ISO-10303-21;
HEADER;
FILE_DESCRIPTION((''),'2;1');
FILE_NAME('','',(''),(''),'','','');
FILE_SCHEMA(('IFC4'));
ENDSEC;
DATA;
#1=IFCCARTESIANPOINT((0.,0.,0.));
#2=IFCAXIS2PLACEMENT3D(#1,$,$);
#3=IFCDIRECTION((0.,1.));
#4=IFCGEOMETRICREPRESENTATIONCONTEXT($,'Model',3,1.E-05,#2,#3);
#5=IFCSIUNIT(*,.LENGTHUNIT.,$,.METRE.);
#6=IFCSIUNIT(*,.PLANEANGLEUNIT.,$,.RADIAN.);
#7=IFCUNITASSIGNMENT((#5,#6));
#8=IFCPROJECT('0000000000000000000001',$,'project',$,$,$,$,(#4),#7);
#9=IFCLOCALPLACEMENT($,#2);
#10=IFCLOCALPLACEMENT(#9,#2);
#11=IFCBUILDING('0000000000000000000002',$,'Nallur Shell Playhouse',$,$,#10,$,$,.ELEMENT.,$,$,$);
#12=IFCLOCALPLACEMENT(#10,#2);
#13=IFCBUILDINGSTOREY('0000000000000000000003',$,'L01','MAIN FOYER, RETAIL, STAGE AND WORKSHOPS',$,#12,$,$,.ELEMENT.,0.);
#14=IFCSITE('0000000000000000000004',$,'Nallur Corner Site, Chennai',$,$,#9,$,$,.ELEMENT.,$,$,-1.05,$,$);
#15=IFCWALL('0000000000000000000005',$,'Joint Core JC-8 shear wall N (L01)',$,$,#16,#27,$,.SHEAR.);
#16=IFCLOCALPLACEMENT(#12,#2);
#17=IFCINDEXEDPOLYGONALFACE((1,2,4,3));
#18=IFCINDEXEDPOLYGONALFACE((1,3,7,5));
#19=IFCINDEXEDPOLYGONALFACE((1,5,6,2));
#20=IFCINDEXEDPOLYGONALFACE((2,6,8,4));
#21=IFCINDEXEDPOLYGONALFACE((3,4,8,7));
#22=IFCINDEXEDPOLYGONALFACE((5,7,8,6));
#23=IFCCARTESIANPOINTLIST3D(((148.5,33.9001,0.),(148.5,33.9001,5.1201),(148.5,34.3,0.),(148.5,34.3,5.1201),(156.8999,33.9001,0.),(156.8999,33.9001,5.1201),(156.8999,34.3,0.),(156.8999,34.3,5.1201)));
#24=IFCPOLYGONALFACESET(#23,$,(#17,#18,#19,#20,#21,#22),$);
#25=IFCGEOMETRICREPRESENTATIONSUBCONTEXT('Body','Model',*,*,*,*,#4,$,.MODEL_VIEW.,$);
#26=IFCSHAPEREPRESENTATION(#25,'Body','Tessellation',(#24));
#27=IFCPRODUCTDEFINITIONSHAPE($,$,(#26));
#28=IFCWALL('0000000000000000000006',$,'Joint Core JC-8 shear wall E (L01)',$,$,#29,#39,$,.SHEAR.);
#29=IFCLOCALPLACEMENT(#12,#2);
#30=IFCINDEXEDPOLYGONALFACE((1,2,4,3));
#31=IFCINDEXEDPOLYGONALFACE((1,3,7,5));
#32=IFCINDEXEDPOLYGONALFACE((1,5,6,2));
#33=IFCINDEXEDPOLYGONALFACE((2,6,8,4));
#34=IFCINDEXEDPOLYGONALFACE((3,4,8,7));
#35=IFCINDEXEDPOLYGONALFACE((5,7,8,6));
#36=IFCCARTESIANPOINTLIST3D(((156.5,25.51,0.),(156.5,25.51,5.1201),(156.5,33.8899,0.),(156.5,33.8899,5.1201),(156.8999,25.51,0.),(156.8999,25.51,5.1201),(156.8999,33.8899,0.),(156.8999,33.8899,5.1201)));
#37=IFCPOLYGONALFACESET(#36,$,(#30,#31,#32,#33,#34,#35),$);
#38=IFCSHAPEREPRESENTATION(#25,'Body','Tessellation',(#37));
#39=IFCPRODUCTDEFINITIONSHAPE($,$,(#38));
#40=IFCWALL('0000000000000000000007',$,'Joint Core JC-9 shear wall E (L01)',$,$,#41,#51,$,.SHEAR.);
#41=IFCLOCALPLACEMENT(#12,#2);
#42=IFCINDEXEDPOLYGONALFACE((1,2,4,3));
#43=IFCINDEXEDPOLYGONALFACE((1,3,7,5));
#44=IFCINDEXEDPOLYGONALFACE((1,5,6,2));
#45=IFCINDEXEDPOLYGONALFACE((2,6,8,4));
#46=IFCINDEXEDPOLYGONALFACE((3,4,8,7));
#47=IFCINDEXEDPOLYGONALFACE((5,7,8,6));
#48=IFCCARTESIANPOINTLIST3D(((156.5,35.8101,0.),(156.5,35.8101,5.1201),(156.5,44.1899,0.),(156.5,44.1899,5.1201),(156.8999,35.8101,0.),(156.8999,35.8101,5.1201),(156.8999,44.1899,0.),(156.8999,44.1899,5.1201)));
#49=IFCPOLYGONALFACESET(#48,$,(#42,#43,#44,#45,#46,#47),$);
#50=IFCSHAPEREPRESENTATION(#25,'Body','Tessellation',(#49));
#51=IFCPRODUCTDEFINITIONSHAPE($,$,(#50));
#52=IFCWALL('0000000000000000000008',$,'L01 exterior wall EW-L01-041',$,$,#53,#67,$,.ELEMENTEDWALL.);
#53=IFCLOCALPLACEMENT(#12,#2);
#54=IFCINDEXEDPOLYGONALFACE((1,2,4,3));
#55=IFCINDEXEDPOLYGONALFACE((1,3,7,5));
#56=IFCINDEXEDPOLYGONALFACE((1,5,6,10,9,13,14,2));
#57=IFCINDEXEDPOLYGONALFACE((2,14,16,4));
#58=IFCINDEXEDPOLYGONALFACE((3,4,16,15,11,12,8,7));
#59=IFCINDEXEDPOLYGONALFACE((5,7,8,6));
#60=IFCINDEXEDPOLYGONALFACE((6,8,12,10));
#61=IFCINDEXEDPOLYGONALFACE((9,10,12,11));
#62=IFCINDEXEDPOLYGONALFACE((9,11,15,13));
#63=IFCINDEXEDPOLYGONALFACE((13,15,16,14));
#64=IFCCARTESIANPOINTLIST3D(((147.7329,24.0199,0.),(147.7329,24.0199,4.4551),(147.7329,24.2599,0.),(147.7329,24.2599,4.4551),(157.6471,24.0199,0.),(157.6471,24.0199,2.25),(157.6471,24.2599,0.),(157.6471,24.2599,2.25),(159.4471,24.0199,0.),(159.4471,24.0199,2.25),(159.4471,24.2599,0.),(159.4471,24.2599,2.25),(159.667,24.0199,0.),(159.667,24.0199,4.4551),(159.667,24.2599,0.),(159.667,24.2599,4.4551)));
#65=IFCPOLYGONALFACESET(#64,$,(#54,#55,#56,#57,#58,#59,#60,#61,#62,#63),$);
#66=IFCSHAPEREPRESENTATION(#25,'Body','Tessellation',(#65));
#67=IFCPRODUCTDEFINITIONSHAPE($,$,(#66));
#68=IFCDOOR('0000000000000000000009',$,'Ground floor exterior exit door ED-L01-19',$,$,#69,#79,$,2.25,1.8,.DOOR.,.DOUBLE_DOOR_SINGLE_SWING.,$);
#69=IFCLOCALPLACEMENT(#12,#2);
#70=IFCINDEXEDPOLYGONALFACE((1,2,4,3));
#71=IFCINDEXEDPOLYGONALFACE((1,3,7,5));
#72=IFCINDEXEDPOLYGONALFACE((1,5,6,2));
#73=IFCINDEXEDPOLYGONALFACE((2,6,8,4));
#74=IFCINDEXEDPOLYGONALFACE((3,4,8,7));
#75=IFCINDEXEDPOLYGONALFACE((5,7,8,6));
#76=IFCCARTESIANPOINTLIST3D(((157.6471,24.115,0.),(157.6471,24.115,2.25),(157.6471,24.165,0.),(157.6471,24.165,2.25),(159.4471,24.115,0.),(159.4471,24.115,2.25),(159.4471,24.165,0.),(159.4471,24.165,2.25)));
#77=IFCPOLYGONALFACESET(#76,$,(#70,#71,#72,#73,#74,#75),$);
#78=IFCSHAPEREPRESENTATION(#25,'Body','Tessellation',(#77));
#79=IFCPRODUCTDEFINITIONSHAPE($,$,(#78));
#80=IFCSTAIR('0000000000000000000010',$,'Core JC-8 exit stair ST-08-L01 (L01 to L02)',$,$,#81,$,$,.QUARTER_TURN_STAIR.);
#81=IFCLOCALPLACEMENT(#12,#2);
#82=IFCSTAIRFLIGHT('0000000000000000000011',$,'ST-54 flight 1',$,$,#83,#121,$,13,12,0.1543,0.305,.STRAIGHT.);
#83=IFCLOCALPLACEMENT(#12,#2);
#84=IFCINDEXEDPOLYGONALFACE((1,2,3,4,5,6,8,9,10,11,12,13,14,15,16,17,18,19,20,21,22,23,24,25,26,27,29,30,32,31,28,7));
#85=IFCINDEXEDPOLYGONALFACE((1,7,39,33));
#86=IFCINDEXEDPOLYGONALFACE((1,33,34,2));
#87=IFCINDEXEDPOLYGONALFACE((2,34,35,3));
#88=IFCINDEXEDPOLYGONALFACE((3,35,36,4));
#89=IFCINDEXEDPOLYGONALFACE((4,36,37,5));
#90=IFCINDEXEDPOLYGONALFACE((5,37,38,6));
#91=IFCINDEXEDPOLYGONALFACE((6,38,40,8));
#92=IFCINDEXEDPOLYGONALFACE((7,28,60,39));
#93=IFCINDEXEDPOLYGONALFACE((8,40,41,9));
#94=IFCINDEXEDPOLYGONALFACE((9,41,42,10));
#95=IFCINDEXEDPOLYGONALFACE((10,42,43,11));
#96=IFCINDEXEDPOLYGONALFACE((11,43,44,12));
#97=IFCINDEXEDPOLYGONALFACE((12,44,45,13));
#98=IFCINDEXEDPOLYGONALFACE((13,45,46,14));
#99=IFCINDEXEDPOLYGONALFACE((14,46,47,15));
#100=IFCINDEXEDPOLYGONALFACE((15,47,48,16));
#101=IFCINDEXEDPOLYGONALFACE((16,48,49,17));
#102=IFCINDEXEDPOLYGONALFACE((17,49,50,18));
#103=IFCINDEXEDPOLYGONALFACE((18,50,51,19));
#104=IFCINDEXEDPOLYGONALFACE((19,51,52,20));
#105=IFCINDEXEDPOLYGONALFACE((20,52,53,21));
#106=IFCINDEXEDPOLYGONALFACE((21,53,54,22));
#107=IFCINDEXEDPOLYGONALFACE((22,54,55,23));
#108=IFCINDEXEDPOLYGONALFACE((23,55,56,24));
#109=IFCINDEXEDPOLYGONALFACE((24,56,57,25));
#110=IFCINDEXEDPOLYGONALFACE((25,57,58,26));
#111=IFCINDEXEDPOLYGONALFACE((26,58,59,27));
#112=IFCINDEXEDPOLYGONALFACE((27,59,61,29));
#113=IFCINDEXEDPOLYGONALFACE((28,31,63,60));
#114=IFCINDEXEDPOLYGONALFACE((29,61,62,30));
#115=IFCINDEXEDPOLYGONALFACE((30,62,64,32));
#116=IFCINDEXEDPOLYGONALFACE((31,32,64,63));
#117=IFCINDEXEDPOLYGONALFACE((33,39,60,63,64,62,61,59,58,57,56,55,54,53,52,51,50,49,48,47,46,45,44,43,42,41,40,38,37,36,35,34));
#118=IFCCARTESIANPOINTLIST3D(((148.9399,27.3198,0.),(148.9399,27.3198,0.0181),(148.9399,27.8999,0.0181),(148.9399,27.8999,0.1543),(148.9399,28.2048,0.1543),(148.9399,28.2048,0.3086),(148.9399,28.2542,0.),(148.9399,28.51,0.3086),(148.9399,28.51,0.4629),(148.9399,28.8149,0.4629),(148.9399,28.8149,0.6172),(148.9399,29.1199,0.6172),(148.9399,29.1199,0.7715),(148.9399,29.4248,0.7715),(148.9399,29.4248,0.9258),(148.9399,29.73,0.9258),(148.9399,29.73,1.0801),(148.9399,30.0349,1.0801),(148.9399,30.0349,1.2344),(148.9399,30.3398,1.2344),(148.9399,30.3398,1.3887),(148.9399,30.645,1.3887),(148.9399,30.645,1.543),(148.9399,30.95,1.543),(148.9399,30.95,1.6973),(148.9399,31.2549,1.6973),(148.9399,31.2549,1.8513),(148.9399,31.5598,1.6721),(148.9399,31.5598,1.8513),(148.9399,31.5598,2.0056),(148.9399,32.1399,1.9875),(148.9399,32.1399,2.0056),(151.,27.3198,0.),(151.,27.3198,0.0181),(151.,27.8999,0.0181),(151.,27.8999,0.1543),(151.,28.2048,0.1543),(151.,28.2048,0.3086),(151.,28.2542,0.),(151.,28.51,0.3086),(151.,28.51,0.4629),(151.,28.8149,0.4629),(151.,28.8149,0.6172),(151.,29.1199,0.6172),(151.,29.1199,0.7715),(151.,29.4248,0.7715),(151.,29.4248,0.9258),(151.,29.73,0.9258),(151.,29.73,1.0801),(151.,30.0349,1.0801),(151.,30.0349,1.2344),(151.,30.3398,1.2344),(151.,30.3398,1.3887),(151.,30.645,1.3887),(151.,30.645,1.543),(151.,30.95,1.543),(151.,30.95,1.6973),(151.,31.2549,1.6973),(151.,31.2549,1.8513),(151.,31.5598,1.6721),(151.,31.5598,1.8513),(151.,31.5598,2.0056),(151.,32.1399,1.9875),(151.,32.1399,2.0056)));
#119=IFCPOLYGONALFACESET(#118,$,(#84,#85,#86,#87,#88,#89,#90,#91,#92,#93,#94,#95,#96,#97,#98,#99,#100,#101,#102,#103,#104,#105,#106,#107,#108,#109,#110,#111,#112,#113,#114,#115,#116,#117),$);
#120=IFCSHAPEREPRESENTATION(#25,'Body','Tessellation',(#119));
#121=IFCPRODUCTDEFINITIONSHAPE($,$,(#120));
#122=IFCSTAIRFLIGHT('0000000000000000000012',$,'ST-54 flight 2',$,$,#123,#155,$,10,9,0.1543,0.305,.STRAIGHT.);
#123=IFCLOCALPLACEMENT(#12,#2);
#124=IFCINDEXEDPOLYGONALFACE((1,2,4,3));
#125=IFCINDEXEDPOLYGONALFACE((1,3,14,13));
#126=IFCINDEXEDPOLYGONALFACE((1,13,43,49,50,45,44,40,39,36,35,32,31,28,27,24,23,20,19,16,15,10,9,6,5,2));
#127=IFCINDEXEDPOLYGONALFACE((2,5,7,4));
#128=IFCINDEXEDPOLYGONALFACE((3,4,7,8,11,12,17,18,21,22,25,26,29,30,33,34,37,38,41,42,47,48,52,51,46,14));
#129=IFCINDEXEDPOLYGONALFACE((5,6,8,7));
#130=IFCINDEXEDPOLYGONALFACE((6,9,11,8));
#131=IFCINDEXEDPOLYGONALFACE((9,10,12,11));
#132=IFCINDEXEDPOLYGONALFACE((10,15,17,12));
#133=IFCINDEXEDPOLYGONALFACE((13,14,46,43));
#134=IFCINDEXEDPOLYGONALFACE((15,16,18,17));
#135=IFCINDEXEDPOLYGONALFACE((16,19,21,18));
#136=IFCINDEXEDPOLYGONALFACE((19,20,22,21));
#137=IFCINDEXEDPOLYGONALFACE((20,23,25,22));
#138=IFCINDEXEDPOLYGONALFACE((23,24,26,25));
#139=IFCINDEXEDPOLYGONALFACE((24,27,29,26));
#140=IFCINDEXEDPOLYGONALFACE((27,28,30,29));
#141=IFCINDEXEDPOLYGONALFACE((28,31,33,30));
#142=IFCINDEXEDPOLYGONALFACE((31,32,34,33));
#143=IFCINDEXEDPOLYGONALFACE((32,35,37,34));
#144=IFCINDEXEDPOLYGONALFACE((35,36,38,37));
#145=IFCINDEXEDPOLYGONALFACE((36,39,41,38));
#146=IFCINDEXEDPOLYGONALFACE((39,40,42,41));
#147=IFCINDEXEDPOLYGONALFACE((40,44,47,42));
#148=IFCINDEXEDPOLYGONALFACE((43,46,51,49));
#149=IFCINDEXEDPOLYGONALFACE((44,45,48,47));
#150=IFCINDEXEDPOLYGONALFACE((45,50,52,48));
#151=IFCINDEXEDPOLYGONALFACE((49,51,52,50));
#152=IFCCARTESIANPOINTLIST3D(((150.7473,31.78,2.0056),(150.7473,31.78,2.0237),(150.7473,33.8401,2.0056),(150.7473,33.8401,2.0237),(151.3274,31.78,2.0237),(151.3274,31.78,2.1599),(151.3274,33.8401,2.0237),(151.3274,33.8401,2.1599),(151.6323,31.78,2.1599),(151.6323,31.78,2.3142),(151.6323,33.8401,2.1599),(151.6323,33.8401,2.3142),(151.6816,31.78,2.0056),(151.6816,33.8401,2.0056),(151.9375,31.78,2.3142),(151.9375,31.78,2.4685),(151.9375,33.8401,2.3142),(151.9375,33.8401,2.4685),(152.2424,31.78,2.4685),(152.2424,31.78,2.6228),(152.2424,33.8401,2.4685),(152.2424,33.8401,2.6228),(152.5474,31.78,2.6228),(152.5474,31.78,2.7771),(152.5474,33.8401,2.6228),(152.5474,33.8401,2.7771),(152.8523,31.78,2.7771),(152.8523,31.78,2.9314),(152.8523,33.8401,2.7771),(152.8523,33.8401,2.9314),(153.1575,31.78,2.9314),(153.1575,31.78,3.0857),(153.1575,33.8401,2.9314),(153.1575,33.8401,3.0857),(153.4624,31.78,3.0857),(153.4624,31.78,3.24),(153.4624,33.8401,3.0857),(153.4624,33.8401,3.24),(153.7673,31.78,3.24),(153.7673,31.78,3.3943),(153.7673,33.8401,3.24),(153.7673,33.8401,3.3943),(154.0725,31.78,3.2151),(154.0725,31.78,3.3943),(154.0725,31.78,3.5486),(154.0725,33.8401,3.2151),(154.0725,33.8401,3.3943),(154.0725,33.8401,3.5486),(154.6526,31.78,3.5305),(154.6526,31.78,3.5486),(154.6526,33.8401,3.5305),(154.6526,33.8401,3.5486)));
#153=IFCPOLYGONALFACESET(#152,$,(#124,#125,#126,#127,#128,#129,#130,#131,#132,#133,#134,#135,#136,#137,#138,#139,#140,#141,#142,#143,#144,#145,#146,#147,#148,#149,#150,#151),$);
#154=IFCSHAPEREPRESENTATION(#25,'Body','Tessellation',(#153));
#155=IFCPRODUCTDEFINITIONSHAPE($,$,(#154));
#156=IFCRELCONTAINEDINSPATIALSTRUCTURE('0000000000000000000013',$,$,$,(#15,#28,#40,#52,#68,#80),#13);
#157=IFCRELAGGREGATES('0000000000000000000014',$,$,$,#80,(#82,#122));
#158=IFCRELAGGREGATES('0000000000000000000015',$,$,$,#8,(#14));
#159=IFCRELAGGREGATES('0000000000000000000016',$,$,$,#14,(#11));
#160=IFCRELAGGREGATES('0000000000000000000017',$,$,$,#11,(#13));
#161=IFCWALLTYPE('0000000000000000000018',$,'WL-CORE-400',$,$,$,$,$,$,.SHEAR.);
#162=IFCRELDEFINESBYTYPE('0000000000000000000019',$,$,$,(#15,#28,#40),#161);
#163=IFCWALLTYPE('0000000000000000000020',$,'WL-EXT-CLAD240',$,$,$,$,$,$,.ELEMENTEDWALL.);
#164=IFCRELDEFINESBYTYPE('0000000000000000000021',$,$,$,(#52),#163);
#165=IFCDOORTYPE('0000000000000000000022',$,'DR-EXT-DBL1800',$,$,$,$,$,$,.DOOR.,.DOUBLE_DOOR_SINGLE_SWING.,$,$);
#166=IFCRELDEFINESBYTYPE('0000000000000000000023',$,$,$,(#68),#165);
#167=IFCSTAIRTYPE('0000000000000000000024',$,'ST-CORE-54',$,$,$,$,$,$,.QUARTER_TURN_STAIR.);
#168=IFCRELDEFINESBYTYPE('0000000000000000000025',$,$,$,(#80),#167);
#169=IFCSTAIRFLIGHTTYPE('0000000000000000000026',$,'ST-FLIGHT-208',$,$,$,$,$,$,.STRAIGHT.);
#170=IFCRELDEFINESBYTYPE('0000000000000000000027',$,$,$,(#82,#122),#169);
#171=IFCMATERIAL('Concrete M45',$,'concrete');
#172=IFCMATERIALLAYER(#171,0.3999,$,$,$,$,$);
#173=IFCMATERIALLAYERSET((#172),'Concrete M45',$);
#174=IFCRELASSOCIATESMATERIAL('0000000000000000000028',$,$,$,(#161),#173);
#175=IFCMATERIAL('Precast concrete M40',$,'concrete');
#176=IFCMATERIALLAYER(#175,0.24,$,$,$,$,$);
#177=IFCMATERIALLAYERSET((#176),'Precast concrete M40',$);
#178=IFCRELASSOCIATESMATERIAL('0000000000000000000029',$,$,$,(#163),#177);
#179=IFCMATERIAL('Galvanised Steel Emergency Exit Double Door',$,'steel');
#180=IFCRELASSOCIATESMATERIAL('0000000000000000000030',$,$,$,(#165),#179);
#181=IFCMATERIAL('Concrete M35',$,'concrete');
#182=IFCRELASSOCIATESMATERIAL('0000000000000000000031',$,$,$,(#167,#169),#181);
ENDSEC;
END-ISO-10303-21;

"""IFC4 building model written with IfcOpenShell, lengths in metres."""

from ifc_helpers import new_model, si_unit, direction, frame, frame_2d, origin, place, context, subcontext, project, spatial, polyline, rectangle, outline, extrude, material, layer, layer_set, type_object, element, fill, aggregate, save


model = new_model("IFC4")

# Units and contexts
model_context = context("Model", 3, precision=1e-05, world=origin(), true_north=direction((0.0, 1.0)))
body_context = subcontext(model_context, "Body", "Model", "MODEL_VIEW")
ifc_project = project(units=[si_unit("LENGTHUNIT", "METRE"), si_unit("PLANEANGLEUNIT", "RADIAN")], contexts=[model_context])

# Site, building, storey
site_placement = place(None, origin())
site = spatial("IfcSite", under=ifc_project, at=site_placement, Name="Nallur Corner Site, Chennai", CompositionType="ELEMENT", RefElevation=-1.05)
building_placement = place(site_placement, origin())
building = spatial("IfcBuilding", under=site, at=building_placement, Name="Nallur Shell Playhouse", CompositionType="ELEMENT")
storey_placement = place(building_placement, origin())
storey = spatial("IfcBuildingStorey", under=building, at=storey_placement, Name="L01", Description="MAIN FOYER, RETAIL, STAGE AND WORKSHOPS", CompositionType="ELEMENT", Elevation=0.0)

# Shared definitions
ifc_material_1 = material(Name="Concrete M35", Category="concrete")

# Walls
ifc_material_2 = material(Name="Concrete M45", Category="concrete")
ifc_layer_1 = layer(ifc_material_2, 0.3999)
ifc_layer_set_1 = layer_set([ifc_layer_1], Name="Concrete M45")
wall_type_1 = type_object("IfcWallType", Name="WL-CORE-400", PredefinedType="SHEAR", material=ifc_layer_set_1)
wall_1_placement = place(storey_placement, frame((156.8999, 34.1001, 0.0), z_axis=(0.0, 0.0, 1.0), x_axis=(-1.0, 0.0, 0.0)))
element("IfcWall", 1, at=wall_1_placement, inside=storey, type_object=wall_type_1, Name="Joint Core JC-8 shear wall N (L01)", PredefinedType="SHEAR", context=body_context, shape_type="SweptSolid", body=[
    extrude(rectangle(XDim=8.3999, YDim=0.3999, at=frame_2d((4.2, 0.0))), origin(), (0.0, 0.0, 1.0), 5.1201),
])
for number, where, z_axis, x_axis, name in (
    (2, (156.7, 25.51, 0.0), (0.0, 0.0, 1.0), (0.0, 1.0, 0.0), "Joint Core JC-8 shear wall E (L01)"),
    (3, (156.7, 35.8101, 0.0), (0.0, 0.0, 1.0), (0.0, 1.0, 0.0), "Joint Core JC-9 shear wall E (L01)"),
):
    element("IfcWall", number, at=place(storey_placement, frame(where, z_axis=z_axis, x_axis=x_axis)), inside=storey, type_object=wall_type_1, Name=name, PredefinedType="SHEAR", context=body_context, shape_type="SweptSolid", body=[
        extrude(rectangle(XDim=8.3799, YDim=0.3999, at=frame_2d((4.1899, 0.0))), origin(), (0.0, 0.0, 1.0), 5.1201),
    ])

# Wall, opening, door
ifc_material_3 = material(Name="Precast concrete M40", Category="concrete")
ifc_layer_2 = layer(ifc_material_3, 0.24)
ifc_layer_set_2 = layer_set([ifc_layer_2], Name="Precast concrete M40")
wall_type_2 = type_object("IfcWallType", Name="WL-EXT-CLAD240", PredefinedType="ELEMENTEDWALL", material=ifc_layer_set_2)
wall_2_placement = place(storey_placement, frame((159.667, 24.1399, 0.0), z_axis=(0.0, 0.0, 1.0), x_axis=(-1.0, 0.0, 0.0)))
wall_2 = element("IfcWall", 4, at=wall_2_placement, inside=storey, type_object=wall_type_2, Name="L01 exterior wall EW-L01-041", PredefinedType="ELEMENTEDWALL", context=body_context, shape_type="SweptSolid", body=[
    extrude(rectangle(XDim=11.9341, YDim=0.24, at=frame_2d((5.967, 0.0))), origin(), (0.0, 0.0, 1.0), 4.4551),
])
opening_placement = place(wall_2_placement, frame((0.22, 0.0, 0.0)))
opening = element("IfcOpeningElement", 5, at=opening_placement, cuts=wall_2, PredefinedType="OPENING", context=body_context, shape_type="SweptSolid", body=[
    extrude(rectangle(XDim=1.8, YDim=2.25, at=frame_2d((0.8999, 1.125))), frame((0.0, 0.1299, 0.0), z_axis=(0.0, -1.0, 0.0), x_axis=(1.0, 0.0, 0.0)), (0.0, 0.0, 1.0), 0.26),
])
ifc_material_4 = material(Name="Galvanised Steel Emergency Exit Double Door", Category="steel")
door_type = type_object("IfcDoorType", Name="DR-EXT-DBL1800", OperationType="DOUBLE_DOOR_SINGLE_SWING", PredefinedType="DOOR", material=ifc_material_4)
door_placement = place(opening_placement, origin())
door = element("IfcDoor", 6, at=door_placement, inside=storey, type_object=door_type, Name="Ground floor exterior exit door ED-L01-19", OperationType="DOUBLE_DOOR_SINGLE_SWING", OverallHeight=2.25, OverallWidth=1.8, PredefinedType="DOOR", context=body_context, shape_type="SweptSolid", body=[
    extrude(rectangle(XDim=1.8, YDim=2.25, at=frame_2d((0.8999, 1.125))), frame((0.0, 0.0249, 0.0), z_axis=(0.0, -1.0, 0.0), x_axis=(1.0, 0.0, 0.0)), (0.0, 0.0, 1.0), 0.05),
])
fill(opening, door)

# Stair, stair flights
stair_type = type_object("IfcStairType", Name="ST-CORE-54", PredefinedType="QUARTER_TURN_STAIR", material=ifc_material_1)
stair_placement = place(storey_placement, origin())
stair = element("IfcStair", 7, at=stair_placement, inside=storey, type_object=stair_type, Name="Core JC-8 exit stair ST-08-L01 (L01 to L02)", PredefinedType="QUARTER_TURN_STAIR")
stair_flight_type = type_object("IfcStairFlightType", Name="ST-FLIGHT-208", PredefinedType="STRAIGHT", material=ifc_material_1)
stair_flight_1_placement = place(storey_placement, frame((149.97, 27.8999, 0.0), z_axis=(0.0, 0.0, 1.0), x_axis=(0.0, 1.0, 0.0)))
stair_flight_1 = element("IfcStairFlight", 8, at=stair_flight_1_placement, type_object=stair_flight_type, Name="ST-54 flight 1", NumberOfRisers=13, NumberOfTreads=12, PredefinedType="STRAIGHT", RiserHeight=0.1543, TreadLength=0.305, context=body_context, shape_type="SweptSolid", body=[
    extrude(outline(polyline([(-0.5801, 0.0), (-0.5801, 0.0181), (0.0, 0.0181), (0.0, 0.1543), (0.3049, 0.1543), (0.3049, 0.3086), (0.6101, 0.3086), (0.6101, 0.4629), (0.915, 0.4629), (0.915, 0.6172), (1.22, 0.6172), (1.22, 0.7715), (1.5249, 0.7715), (1.5249, 0.9258), (1.8301, 0.9258), (1.8301, 1.0801), (2.135, 1.0801), (2.135, 1.2344), (2.4399, 1.2344), (2.4399, 1.3887), (2.7451, 1.3887), (2.7451, 1.543), (3.05, 1.543), (3.05, 1.6973), (3.355, 1.6973), (3.355, 1.8513), (3.6599, 1.8513), (3.6599, 2.0056), (4.24, 2.0056), (4.24, 1.9875), (3.6599, 1.6721), (0.3542, 0.0), (-0.5801, 0.0)])), frame((0.0, 1.03, 0.0), z_axis=(0.0, -1.0, 0.0), x_axis=(1.0, 0.0, 0.0)), (0.0, 0.0, 1.0), 2.0601),
])
stair_flight_2_placement = place(storey_placement, frame((151.3274, 32.8101, 2.0056), z_axis=(0.0, 0.0, 1.0), x_axis=(1.0, 0.0, 0.0)))
stair_flight_2 = element("IfcStairFlight", 9, at=stair_flight_2_placement, type_object=stair_flight_type, Name="ST-54 flight 2", NumberOfRisers=10, NumberOfTreads=9, PredefinedType="STRAIGHT", RiserHeight=0.1543, TreadLength=0.305, context=body_context, shape_type="SweptSolid", body=[
    extrude(outline(polyline([(-0.5801, 0.0), (-0.5801, 0.0181), (0.0, 0.0181), (0.0, 0.1543), (0.3049, 0.1543), (0.3049, 0.3086), (0.6101, 0.3086), (0.6101, 0.4629), (0.915, 0.4629), (0.915, 0.6172), (1.22, 0.6172), (1.22, 0.7715), (1.5249, 0.7715), (1.5249, 0.9258), (1.8301, 0.9258), (1.8301, 1.0801), (2.135, 1.0801), (2.135, 1.2344), (2.4399, 1.2344), (2.4399, 1.3887), (2.7451, 1.3887), (2.7451, 1.543), (3.3252, 1.543), (3.3252, 1.5249), (2.7451, 1.2095), (0.3542, 0.0), (-0.5801, 0.0)])), frame((0.0, 1.03, 0.0), z_axis=(0.0, -1.0, 0.0), x_axis=(1.0, 0.0, 0.0)), (0.0, 0.0, 1.0), 2.0601),
])
aggregate(stair, [stair_flight_1, stair_flight_2])

save(model, "model.ifc")
